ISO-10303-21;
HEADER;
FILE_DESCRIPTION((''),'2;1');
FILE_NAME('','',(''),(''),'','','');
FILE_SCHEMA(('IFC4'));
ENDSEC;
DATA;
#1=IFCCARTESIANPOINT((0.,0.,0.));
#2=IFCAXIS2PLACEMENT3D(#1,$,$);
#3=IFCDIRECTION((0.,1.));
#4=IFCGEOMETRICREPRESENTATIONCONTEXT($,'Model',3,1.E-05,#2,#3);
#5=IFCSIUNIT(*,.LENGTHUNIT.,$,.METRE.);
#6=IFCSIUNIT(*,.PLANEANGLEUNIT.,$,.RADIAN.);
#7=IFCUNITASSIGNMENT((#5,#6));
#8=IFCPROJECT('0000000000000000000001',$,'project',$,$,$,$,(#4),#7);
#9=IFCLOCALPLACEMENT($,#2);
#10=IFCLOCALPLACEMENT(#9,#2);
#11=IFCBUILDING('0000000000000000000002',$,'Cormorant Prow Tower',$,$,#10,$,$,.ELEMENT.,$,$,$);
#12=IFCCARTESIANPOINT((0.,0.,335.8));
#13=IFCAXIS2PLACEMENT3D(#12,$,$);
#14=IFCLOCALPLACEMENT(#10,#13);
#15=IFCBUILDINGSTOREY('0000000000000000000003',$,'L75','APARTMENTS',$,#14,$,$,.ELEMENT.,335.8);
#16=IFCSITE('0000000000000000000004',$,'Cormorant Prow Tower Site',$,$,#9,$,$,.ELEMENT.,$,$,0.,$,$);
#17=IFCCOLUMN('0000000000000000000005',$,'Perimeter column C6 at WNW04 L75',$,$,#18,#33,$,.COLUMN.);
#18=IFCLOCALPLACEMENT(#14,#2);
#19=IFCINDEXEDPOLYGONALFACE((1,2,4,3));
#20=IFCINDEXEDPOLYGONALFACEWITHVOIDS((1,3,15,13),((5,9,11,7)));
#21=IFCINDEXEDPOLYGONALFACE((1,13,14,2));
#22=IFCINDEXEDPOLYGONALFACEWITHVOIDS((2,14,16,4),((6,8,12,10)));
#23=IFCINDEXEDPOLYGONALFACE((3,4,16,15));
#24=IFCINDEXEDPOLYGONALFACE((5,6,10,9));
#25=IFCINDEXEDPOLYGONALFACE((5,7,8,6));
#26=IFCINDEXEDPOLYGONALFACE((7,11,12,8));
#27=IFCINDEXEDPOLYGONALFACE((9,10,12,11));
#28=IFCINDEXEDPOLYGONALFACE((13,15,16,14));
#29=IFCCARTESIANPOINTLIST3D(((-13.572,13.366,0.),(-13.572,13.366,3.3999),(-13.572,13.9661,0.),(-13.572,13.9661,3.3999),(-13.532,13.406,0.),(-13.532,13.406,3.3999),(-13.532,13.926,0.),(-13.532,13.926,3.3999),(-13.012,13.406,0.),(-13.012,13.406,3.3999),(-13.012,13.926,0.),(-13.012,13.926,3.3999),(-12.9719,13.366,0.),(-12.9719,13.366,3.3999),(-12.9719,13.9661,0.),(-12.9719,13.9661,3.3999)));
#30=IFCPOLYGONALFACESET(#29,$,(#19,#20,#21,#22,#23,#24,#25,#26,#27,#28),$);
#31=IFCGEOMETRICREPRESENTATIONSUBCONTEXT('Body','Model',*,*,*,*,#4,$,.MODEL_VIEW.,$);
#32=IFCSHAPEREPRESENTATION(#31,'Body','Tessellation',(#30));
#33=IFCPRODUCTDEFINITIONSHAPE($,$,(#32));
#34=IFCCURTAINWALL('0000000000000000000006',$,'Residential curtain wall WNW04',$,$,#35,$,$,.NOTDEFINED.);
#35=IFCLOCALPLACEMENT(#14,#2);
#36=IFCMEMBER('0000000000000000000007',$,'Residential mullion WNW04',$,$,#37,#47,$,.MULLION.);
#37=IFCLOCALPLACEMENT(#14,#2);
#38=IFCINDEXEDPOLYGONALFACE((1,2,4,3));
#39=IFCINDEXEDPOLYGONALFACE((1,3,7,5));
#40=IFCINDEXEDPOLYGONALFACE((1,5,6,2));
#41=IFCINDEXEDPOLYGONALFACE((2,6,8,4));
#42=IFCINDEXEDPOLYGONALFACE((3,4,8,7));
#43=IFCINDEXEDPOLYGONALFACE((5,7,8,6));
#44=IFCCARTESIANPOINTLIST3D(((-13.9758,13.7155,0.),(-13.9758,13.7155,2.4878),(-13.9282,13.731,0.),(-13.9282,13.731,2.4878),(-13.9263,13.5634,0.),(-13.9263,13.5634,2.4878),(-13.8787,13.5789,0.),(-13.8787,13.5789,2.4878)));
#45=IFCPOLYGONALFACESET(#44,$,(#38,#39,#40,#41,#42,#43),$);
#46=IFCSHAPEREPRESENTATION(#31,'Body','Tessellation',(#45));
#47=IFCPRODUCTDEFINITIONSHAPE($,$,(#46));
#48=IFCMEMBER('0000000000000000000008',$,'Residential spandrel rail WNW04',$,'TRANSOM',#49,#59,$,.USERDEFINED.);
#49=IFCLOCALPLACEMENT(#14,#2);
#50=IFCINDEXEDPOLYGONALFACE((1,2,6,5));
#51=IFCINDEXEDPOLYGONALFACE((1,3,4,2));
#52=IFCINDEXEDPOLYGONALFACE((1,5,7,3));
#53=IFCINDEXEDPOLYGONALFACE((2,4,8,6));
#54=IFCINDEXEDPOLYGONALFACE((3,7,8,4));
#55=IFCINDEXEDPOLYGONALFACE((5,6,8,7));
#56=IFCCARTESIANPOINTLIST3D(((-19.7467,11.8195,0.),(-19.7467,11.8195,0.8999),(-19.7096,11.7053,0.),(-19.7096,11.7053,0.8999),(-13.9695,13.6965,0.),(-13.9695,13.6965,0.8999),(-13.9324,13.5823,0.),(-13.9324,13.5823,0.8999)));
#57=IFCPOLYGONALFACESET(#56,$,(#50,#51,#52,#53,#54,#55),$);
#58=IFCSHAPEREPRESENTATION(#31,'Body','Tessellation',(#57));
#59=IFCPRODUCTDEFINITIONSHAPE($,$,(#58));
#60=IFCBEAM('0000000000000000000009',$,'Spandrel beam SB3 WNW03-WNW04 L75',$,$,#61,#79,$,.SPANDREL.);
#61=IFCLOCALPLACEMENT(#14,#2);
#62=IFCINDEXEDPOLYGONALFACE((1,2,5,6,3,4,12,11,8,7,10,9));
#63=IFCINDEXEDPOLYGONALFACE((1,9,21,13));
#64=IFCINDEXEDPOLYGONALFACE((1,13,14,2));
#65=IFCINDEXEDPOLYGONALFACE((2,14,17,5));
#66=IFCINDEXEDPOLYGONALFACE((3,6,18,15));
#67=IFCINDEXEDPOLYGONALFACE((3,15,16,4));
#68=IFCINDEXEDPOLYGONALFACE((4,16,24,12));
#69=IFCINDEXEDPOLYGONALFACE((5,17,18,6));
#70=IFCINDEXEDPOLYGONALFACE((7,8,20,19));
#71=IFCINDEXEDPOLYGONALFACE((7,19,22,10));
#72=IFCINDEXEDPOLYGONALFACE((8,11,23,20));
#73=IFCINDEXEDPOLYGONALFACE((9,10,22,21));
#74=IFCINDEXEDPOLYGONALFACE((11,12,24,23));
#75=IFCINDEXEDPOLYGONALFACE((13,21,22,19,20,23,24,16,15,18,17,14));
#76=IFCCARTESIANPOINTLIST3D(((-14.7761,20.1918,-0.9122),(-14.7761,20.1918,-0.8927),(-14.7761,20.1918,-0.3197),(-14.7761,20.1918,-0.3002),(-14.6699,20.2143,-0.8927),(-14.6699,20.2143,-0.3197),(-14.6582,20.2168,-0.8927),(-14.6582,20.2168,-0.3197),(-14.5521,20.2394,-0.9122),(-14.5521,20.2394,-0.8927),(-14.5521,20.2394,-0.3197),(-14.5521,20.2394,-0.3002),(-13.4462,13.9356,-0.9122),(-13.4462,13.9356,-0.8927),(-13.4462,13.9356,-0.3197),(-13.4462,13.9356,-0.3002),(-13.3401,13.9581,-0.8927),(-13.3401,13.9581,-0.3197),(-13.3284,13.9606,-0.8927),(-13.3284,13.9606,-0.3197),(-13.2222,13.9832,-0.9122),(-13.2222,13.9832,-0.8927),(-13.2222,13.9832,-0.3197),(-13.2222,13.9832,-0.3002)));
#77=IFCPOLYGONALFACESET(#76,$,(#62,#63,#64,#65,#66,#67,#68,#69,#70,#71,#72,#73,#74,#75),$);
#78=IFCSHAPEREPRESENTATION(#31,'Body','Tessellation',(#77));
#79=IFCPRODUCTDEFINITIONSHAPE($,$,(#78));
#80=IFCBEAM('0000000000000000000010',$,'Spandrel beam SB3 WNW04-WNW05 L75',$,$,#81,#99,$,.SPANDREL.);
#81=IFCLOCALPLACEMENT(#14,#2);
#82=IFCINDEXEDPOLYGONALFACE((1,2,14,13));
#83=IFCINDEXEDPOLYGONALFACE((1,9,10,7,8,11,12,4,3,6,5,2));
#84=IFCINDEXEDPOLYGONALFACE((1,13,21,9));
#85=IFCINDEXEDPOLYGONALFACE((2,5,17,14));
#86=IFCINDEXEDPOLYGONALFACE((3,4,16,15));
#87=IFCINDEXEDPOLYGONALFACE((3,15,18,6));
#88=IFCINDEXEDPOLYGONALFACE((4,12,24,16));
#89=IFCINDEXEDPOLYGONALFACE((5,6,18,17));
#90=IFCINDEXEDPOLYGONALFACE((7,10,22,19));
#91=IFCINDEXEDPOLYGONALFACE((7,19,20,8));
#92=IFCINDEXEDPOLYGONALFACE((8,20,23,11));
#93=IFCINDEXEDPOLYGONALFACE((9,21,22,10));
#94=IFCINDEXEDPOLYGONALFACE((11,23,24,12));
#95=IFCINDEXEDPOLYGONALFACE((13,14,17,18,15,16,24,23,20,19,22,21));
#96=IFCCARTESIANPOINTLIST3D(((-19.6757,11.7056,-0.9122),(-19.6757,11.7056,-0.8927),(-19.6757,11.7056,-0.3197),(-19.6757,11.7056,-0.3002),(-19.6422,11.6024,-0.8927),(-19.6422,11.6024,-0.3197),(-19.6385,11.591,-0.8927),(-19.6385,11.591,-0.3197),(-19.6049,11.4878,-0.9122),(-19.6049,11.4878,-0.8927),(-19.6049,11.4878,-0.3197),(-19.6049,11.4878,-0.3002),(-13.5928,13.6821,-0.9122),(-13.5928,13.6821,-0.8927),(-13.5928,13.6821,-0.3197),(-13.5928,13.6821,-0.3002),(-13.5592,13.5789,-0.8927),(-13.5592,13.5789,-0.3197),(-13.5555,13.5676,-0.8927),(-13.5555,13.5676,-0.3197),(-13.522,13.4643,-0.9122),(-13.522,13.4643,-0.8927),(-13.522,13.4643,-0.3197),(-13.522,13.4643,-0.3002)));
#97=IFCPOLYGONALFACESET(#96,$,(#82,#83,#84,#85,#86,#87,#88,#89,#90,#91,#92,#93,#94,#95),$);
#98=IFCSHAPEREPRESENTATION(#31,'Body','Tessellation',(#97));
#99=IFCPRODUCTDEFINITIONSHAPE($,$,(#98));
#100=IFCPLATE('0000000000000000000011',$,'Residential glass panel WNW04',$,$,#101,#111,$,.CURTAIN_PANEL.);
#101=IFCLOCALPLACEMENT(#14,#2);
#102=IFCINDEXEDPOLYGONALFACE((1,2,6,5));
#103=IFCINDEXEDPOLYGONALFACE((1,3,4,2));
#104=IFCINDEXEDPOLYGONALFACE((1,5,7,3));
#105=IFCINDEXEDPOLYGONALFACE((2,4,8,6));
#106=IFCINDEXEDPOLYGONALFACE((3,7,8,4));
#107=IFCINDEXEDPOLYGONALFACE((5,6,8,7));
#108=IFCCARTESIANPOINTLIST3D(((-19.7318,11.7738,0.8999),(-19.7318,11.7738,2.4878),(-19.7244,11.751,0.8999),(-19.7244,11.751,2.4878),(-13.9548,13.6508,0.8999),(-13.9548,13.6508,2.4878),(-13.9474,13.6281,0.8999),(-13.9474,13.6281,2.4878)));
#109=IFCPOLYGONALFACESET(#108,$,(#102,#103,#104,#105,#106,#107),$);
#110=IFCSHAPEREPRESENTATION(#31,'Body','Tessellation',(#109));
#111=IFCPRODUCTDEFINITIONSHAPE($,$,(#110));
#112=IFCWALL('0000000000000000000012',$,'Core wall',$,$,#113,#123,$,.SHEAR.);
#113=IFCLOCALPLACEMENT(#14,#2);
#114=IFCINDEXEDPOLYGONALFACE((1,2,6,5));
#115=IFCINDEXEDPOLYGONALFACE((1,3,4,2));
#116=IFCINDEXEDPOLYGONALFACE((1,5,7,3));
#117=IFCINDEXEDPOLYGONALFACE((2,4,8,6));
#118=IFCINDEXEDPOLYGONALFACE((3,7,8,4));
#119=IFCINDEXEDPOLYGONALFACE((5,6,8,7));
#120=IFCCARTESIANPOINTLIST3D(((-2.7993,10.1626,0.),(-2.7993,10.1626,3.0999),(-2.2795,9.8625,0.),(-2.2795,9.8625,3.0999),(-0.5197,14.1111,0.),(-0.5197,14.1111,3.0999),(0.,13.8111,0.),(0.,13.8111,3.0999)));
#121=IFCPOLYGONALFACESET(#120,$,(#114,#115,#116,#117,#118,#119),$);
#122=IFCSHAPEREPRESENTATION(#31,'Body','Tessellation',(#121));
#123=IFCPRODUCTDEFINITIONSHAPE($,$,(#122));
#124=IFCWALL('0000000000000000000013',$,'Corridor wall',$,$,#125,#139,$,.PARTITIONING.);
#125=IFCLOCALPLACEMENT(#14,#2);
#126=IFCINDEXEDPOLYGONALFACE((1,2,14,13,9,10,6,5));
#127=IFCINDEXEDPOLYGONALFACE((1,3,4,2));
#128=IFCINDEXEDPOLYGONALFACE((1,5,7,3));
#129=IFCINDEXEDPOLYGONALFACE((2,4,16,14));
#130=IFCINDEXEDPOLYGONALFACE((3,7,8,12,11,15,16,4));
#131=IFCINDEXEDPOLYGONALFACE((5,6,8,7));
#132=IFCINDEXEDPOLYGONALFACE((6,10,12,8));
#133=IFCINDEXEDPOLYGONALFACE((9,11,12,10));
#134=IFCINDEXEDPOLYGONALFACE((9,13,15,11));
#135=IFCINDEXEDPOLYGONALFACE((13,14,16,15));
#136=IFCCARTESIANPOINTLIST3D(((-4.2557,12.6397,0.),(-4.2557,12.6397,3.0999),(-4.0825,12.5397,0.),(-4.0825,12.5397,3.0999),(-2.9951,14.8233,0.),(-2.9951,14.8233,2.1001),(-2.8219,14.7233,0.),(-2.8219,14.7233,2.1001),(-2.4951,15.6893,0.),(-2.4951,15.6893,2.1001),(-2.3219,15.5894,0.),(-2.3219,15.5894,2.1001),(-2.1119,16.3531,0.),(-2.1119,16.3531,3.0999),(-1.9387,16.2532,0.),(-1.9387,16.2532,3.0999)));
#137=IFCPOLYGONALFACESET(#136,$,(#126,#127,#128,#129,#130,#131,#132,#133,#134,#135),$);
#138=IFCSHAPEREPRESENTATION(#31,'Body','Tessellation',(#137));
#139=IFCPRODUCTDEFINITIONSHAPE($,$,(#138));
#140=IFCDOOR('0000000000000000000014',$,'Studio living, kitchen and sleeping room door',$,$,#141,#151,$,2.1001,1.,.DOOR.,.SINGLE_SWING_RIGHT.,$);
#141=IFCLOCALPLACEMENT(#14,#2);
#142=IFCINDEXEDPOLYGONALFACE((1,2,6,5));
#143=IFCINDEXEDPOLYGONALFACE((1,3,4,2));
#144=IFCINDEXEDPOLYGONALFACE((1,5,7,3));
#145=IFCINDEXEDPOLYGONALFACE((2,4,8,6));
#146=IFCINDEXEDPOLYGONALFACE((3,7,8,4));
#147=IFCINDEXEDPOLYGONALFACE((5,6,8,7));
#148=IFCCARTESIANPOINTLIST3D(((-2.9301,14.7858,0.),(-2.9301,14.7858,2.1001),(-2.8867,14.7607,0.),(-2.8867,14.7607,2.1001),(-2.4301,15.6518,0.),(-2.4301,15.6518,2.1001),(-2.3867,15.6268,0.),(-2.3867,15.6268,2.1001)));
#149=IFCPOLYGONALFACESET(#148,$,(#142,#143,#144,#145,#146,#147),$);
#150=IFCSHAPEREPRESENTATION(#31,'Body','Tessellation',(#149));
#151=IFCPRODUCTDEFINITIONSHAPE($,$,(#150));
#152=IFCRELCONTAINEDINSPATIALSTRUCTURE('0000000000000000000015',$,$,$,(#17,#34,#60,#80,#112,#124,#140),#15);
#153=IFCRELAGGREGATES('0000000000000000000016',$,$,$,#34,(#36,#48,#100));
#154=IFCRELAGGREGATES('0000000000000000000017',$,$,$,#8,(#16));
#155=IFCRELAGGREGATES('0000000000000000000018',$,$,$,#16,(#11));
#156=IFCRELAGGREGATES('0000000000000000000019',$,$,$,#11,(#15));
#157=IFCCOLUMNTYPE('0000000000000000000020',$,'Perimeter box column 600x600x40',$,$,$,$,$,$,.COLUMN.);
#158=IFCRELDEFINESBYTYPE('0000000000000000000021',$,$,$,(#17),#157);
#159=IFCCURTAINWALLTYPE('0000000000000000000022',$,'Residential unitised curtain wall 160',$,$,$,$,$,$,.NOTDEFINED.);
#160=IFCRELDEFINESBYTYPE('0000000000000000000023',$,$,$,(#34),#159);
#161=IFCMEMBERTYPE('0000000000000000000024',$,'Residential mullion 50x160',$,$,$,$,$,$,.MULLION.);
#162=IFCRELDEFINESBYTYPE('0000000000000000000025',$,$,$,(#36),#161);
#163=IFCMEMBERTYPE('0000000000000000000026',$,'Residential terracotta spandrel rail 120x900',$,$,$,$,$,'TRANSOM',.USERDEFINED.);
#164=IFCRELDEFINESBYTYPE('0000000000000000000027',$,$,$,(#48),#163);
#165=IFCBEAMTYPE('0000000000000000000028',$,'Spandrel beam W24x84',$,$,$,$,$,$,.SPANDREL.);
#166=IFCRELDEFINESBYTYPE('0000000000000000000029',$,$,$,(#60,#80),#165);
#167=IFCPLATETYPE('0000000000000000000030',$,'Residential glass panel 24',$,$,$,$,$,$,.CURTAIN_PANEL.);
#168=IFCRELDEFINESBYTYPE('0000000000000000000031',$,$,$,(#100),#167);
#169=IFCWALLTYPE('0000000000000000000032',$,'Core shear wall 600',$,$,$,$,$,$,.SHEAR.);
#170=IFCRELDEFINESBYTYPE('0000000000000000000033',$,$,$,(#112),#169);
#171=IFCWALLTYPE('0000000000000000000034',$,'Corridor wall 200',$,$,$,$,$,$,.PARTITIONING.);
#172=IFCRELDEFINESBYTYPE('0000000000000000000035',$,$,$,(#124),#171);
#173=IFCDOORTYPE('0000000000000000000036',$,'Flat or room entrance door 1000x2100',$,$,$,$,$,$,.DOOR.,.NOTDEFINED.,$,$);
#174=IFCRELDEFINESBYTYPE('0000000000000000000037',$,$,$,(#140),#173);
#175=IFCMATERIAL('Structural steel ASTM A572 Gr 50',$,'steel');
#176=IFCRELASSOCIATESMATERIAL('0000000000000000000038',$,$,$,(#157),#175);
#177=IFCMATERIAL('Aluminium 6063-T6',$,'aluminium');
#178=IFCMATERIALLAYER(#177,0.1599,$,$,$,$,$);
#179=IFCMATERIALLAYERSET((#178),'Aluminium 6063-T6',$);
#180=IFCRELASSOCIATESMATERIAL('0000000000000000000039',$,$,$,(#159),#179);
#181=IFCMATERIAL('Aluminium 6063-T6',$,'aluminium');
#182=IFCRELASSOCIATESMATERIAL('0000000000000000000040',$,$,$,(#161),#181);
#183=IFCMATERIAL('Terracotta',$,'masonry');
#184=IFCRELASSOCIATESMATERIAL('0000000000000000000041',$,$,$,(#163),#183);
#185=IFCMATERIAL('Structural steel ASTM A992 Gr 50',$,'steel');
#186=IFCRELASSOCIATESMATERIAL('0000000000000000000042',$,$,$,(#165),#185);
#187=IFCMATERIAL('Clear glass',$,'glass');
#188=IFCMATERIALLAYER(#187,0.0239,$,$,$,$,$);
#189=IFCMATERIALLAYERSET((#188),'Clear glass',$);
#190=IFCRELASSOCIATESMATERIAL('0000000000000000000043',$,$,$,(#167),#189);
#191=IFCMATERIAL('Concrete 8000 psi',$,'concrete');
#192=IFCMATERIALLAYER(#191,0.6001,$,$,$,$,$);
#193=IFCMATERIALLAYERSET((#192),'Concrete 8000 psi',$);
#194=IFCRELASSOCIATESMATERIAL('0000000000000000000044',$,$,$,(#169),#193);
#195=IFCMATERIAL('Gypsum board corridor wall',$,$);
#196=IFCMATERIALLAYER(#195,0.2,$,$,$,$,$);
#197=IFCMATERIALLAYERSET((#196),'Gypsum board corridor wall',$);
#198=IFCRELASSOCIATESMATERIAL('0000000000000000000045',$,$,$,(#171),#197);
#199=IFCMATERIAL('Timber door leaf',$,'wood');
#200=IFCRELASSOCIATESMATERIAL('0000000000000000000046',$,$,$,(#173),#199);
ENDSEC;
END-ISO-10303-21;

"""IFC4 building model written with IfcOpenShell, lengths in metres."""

from ifc_helpers import new_model, si_unit, direction, frame, frame_2d, origin, origin_2d, place, context, subcontext, project, spatial, rectangle, hollow_rectangle, i_section, extrude, material, layer, layer_set, material_profile, profile_set, type_object, element, fill, aggregate, save


model = new_model("IFC4")

# Units and contexts
model_context = context("Model", 3, precision=1e-05, world=origin(), true_north=direction((0.0, 1.0)))
body_context = subcontext(model_context, "Body", "Model", "MODEL_VIEW")
ifc_project = project(units=[si_unit("LENGTHUNIT", "METRE"), si_unit("PLANEANGLEUNIT", "RADIAN")], contexts=[model_context])

# Site, building, storey
site_placement = place(None, origin())
site = spatial("IfcSite", under=ifc_project, at=site_placement, Name="Cormorant Prow Tower Site", CompositionType="ELEMENT", RefElevation=0.0)
building_placement = place(site_placement, origin())
building = spatial("IfcBuilding", under=site, at=building_placement, Name="Cormorant Prow Tower", CompositionType="ELEMENT")
storey_placement = place(building_placement, frame((0.0, 0.0, 335.8)))
storey = spatial("IfcBuildingStorey", under=building, at=storey_placement, Name="L75", Description="APARTMENTS", CompositionType="ELEMENT", Elevation=335.8)

# Column
ifc_material_1 = material(Name="Structural steel ASTM A572 Gr 50", Category="steel")
ifc_material_profile_1 = material_profile(ifc_material_1, hollow_rectangle(XDim=0.6001, YDim=0.6001, WallThickness=0.04, at=origin_2d()), Name="Box 600x600x40")
ifc_profile_set_1 = profile_set([ifc_material_profile_1], Name="Structural steel ASTM A572 Gr 50")
column_type = type_object("IfcColumnType", Name="Perimeter box column 600x600x40", PredefinedType="COLUMN", material=ifc_profile_set_1)
column_placement = place(storey_placement, frame((-13.272, 13.666, 0.0), z_axis=(0.0, 0.0, 1.0), x_axis=(1.0, 0.0, 0.0)))
element("IfcColumn", 1, at=column_placement, inside=storey, type_object=column_type, Name="Perimeter column C6 at WNW04 L75", PredefinedType="COLUMN", context=body_context, shape_type="SweptSolid", body=[
    extrude(hollow_rectangle(XDim=0.6001, YDim=0.6001, WallThickness=0.04, at=origin_2d()), origin(), (0.0, 0.0, 1.0), 3.3999),
])

# Curtain wall, members
ifc_material_2 = material(Name="Aluminium 6063-T6", Category="aluminium")
ifc_layer_1 = layer(ifc_material_2, 0.1599)
ifc_layer_set_1 = layer_set([ifc_layer_1], Name="Aluminium 6063-T6")
curtain_wall_type = type_object("IfcCurtainWallType", Name="Residential unitised curtain wall 160", PredefinedType="NOTDEFINED", material=ifc_layer_set_1)
curtain_wall_placement = place(storey_placement, origin())
curtain_wall = element("IfcCurtainWall", 2, at=curtain_wall_placement, inside=storey, type_object=curtain_wall_type, Name="Residential curtain wall WNW04", PredefinedType="NOTDEFINED")
ifc_material_3 = material(Name="Aluminium 6063-T6", Category="aluminium")
ifc_material_profile_2 = material_profile(ifc_material_3, rectangle(XDim=0.1599, YDim=0.05, at=origin_2d()), Name="Residential mullion 50x160")
ifc_profile_set_2 = profile_set([ifc_material_profile_2], Name="Aluminium 6063-T6")
member_type_1 = type_object("IfcMemberType", Name="Residential mullion 50x160", PredefinedType="MULLION", material=ifc_profile_set_2)
member_1_placement = place(storey_placement, frame((-13.9272, 13.6472, 0.0), z_axis=(0.0, 0.0, 1.0), x_axis=(0.309017, -0.951057, 0.0)))
member_1 = element("IfcMember", 3, at=member_1_placement, type_object=member_type_1, Name="Residential mullion WNW04", PredefinedType="MULLION", context=body_context, shape_type="SweptSolid", body=[
    extrude(rectangle(XDim=0.1599, YDim=0.05, at=origin_2d()), origin(), (0.0, 0.0, 1.0), 2.4878),
])
ifc_material_4 = material(Name="Terracotta", Category="masonry")
ifc_material_profile_3 = material_profile(ifc_material_4, rectangle(XDim=0.1201, YDim=0.8999, at=origin_2d()), Name="Residential terracotta spandrel rail 120x900")
ifc_profile_set_3 = profile_set([ifc_material_profile_3], Name="Terracotta")
member_type_2 = type_object("IfcMemberType", Name="Residential terracotta spandrel rail 120x900", ElementType="TRANSOM", PredefinedType="USERDEFINED", material=ifc_profile_set_3)
member_2_placement = place(storey_placement, frame((-13.9509, 13.6394, 0.45), z_axis=(-0.951063, -0.308996, 0.0), x_axis=(0.308996, -0.951063, 0.0)))
member_2 = element("IfcMember", 4, at=member_2_placement, type_object=member_type_2, Name="Residential spandrel rail WNW04", ObjectType="TRANSOM", PredefinedType="USERDEFINED", context=body_context, shape_type="SweptSolid", body=[
    extrude(rectangle(XDim=0.1201, YDim=0.8999, at=origin_2d()), origin(), (0.0, 0.0, 1.0), 6.0745),
])

# Beams
ifc_material_5 = material(Name="Structural steel ASTM A992 Gr 50", Category="steel")
ifc_material_profile_4 = material_profile(ifc_material_5, i_section(OverallWidth=0.229, OverallDepth=0.6121, WebThickness=0.012, FlangeThickness=0.0195, at=origin_2d()), Name="W24x84")
ifc_profile_set_4 = profile_set([ifc_material_profile_4], Name="Structural steel ASTM A992 Gr 50")
beam_type = type_object("IfcBeamType", Name="Spandrel beam W24x84", PredefinedType="SPANDREL", material=ifc_profile_set_4)
for number, where, z_axis, x_axis, name in (
    (5, (-14.6641, 20.2156, -0.6062), (0.20792, -0.978146, 0.0), (0.978146, 0.20792, 0.0), "Spandrel beam SB3 WNW03-WNW04 L75"),
    (6, (-13.5574, 13.5732, -0.6062), (-0.951053, -0.309027, 0.0), (0.309027, -0.951053, 0.0), "Spandrel beam SB3 WNW04-WNW05 L75"),
):
    element("IfcBeam", number, at=place(storey_placement, frame(where, z_axis=z_axis, x_axis=x_axis)), inside=storey, type_object=beam_type, Name=name, PredefinedType="SPANDREL", context=body_context, shape_type="SweptSolid", body=[
        extrude(i_section(OverallWidth=0.229, OverallDepth=0.6121, WebThickness=0.012, FlangeThickness=0.0195, at=origin_2d()), origin(), (0.0, 0.0, 1.0), 6.396),
    ])

# Plate
ifc_material_6 = material(Name="Clear glass", Category="glass")
ifc_layer_2 = layer(ifc_material_6, 0.0239)
ifc_layer_set_2 = layer_set([ifc_layer_2], Name="Clear glass")
plate_type = type_object("IfcPlateType", Name="Residential glass panel 24", PredefinedType="CURTAIN_PANEL", material=ifc_layer_set_2)
plate_placement = place(storey_placement, frame((-16.8396, 12.7009, 0.8999), z_axis=(0.0, 0.0, 1.0), x_axis=(-0.951057, -0.309017, 0.0)))
plate = element("IfcPlate", 7, at=plate_placement, type_object=plate_type, Name="Residential glass panel WNW04", PredefinedType="CURTAIN_PANEL", context=body_context, shape_type="SweptSolid", body=[
    extrude(rectangle(XDim=6.0742, YDim=0.0239, at=origin_2d()), origin(), (0.0, 0.0, 1.0), 1.5879),
])
aggregate(curtain_wall, [member_1, member_2, plate])

# Wall
ifc_material_7 = material(Name="Concrete 8000 psi", Category="concrete")
ifc_layer_3 = layer(ifc_material_7, 0.6001)
ifc_layer_set_3 = layer_set([ifc_layer_3], Name="Concrete 8000 psi")
wall_type_1 = type_object("IfcWallType", Name="Core shear wall 600", PredefinedType="SHEAR", material=ifc_layer_set_3)
wall_1_placement = place(storey_placement, frame((-0.2598, 13.9612, 0.0), z_axis=(0.0, 0.0, 1.0), x_axis=(-0.49998, -0.866037, 0.0)))
element("IfcWall", 8, at=wall_1_placement, inside=storey, type_object=wall_type_1, Name="Core wall", PredefinedType="SHEAR", context=body_context, shape_type="SweptSolid", body=[
    extrude(rectangle(XDim=4.5593, YDim=0.6001, at=frame_2d((2.2798, 0.0))), origin(), (0.0, 0.0, 1.0), 3.0999),
])

# Wall, opening, door
ifc_material_8 = material(Name="Gypsum board corridor wall")
ifc_layer_4 = layer(ifc_material_8, 0.2)
ifc_layer_set_4 = layer_set([ifc_layer_4], Name="Gypsum board corridor wall")
wall_type_2 = type_object("IfcWallType", Name="Corridor wall 200", PredefinedType="PARTITIONING", material=ifc_layer_set_4)
wall_2_placement = place(storey_placement, frame((-4.1692, 12.5896, 0.0), z_axis=(0.0, 0.0, 1.0), x_axis=(0.499979, 0.866038, 0.0)))
wall_2 = element("IfcWall", 9, at=wall_2_placement, inside=storey, type_object=wall_type_2, Name="Corridor wall", PredefinedType="PARTITIONING", context=body_context, shape_type="SweptSolid", body=[
    extrude(rectangle(XDim=4.2878, YDim=0.2, at=frame_2d((2.144, 0.0))), origin(), (0.0, 0.0, 1.0), 3.0999),
])
opening_1_placement = place(wall_2_placement, frame((2.5215, 0.0, 0.0)))
opening_1 = element("IfcOpeningElement", 10, at=opening_1_placement, cuts=wall_2, PredefinedType="OPENING", context=body_context, shape_type="SweptSolid", body=[
    extrude(rectangle(XDim=1.0, YDim=2.1001, at=frame_2d((0.5, 1.05))), frame((0.0, 0.1099, 0.0), z_axis=(0.0, -1.0, 0.0), x_axis=(1.0, 0.0, 0.0)), (0.0, 0.0, 1.0), 0.22),
])
ifc_material_9 = material(Name="Timber door leaf", Category="wood")
door_type_1 = type_object("IfcDoorType", Name="Flat or room entrance door 1000x2100", OperationType="NOTDEFINED", PredefinedType="DOOR", material=ifc_material_9)
door_1_placement = place(opening_1_placement, origin())
door_1 = element("IfcDoor", 11, at=door_1_placement, inside=storey, type_object=door_type_1, Name="Studio living, kitchen and sleeping room door", OperationType="SINGLE_SWING_RIGHT", OverallHeight=2.1001, OverallWidth=1.0, PredefinedType="DOOR", context=body_context, shape_type="SweptSolid", body=[
    extrude(rectangle(XDim=1.0, YDim=2.1001, at=frame_2d((0.5, 1.05))), frame((0.0, 0.0249, 0.0), z_axis=(0.0, -1.0, 0.0), x_axis=(1.0, 0.0, 0.0)), (0.0, 0.0, 1.0), 0.05),
])
fill(opening_1, door_1)

save(model, "model.ifc")
